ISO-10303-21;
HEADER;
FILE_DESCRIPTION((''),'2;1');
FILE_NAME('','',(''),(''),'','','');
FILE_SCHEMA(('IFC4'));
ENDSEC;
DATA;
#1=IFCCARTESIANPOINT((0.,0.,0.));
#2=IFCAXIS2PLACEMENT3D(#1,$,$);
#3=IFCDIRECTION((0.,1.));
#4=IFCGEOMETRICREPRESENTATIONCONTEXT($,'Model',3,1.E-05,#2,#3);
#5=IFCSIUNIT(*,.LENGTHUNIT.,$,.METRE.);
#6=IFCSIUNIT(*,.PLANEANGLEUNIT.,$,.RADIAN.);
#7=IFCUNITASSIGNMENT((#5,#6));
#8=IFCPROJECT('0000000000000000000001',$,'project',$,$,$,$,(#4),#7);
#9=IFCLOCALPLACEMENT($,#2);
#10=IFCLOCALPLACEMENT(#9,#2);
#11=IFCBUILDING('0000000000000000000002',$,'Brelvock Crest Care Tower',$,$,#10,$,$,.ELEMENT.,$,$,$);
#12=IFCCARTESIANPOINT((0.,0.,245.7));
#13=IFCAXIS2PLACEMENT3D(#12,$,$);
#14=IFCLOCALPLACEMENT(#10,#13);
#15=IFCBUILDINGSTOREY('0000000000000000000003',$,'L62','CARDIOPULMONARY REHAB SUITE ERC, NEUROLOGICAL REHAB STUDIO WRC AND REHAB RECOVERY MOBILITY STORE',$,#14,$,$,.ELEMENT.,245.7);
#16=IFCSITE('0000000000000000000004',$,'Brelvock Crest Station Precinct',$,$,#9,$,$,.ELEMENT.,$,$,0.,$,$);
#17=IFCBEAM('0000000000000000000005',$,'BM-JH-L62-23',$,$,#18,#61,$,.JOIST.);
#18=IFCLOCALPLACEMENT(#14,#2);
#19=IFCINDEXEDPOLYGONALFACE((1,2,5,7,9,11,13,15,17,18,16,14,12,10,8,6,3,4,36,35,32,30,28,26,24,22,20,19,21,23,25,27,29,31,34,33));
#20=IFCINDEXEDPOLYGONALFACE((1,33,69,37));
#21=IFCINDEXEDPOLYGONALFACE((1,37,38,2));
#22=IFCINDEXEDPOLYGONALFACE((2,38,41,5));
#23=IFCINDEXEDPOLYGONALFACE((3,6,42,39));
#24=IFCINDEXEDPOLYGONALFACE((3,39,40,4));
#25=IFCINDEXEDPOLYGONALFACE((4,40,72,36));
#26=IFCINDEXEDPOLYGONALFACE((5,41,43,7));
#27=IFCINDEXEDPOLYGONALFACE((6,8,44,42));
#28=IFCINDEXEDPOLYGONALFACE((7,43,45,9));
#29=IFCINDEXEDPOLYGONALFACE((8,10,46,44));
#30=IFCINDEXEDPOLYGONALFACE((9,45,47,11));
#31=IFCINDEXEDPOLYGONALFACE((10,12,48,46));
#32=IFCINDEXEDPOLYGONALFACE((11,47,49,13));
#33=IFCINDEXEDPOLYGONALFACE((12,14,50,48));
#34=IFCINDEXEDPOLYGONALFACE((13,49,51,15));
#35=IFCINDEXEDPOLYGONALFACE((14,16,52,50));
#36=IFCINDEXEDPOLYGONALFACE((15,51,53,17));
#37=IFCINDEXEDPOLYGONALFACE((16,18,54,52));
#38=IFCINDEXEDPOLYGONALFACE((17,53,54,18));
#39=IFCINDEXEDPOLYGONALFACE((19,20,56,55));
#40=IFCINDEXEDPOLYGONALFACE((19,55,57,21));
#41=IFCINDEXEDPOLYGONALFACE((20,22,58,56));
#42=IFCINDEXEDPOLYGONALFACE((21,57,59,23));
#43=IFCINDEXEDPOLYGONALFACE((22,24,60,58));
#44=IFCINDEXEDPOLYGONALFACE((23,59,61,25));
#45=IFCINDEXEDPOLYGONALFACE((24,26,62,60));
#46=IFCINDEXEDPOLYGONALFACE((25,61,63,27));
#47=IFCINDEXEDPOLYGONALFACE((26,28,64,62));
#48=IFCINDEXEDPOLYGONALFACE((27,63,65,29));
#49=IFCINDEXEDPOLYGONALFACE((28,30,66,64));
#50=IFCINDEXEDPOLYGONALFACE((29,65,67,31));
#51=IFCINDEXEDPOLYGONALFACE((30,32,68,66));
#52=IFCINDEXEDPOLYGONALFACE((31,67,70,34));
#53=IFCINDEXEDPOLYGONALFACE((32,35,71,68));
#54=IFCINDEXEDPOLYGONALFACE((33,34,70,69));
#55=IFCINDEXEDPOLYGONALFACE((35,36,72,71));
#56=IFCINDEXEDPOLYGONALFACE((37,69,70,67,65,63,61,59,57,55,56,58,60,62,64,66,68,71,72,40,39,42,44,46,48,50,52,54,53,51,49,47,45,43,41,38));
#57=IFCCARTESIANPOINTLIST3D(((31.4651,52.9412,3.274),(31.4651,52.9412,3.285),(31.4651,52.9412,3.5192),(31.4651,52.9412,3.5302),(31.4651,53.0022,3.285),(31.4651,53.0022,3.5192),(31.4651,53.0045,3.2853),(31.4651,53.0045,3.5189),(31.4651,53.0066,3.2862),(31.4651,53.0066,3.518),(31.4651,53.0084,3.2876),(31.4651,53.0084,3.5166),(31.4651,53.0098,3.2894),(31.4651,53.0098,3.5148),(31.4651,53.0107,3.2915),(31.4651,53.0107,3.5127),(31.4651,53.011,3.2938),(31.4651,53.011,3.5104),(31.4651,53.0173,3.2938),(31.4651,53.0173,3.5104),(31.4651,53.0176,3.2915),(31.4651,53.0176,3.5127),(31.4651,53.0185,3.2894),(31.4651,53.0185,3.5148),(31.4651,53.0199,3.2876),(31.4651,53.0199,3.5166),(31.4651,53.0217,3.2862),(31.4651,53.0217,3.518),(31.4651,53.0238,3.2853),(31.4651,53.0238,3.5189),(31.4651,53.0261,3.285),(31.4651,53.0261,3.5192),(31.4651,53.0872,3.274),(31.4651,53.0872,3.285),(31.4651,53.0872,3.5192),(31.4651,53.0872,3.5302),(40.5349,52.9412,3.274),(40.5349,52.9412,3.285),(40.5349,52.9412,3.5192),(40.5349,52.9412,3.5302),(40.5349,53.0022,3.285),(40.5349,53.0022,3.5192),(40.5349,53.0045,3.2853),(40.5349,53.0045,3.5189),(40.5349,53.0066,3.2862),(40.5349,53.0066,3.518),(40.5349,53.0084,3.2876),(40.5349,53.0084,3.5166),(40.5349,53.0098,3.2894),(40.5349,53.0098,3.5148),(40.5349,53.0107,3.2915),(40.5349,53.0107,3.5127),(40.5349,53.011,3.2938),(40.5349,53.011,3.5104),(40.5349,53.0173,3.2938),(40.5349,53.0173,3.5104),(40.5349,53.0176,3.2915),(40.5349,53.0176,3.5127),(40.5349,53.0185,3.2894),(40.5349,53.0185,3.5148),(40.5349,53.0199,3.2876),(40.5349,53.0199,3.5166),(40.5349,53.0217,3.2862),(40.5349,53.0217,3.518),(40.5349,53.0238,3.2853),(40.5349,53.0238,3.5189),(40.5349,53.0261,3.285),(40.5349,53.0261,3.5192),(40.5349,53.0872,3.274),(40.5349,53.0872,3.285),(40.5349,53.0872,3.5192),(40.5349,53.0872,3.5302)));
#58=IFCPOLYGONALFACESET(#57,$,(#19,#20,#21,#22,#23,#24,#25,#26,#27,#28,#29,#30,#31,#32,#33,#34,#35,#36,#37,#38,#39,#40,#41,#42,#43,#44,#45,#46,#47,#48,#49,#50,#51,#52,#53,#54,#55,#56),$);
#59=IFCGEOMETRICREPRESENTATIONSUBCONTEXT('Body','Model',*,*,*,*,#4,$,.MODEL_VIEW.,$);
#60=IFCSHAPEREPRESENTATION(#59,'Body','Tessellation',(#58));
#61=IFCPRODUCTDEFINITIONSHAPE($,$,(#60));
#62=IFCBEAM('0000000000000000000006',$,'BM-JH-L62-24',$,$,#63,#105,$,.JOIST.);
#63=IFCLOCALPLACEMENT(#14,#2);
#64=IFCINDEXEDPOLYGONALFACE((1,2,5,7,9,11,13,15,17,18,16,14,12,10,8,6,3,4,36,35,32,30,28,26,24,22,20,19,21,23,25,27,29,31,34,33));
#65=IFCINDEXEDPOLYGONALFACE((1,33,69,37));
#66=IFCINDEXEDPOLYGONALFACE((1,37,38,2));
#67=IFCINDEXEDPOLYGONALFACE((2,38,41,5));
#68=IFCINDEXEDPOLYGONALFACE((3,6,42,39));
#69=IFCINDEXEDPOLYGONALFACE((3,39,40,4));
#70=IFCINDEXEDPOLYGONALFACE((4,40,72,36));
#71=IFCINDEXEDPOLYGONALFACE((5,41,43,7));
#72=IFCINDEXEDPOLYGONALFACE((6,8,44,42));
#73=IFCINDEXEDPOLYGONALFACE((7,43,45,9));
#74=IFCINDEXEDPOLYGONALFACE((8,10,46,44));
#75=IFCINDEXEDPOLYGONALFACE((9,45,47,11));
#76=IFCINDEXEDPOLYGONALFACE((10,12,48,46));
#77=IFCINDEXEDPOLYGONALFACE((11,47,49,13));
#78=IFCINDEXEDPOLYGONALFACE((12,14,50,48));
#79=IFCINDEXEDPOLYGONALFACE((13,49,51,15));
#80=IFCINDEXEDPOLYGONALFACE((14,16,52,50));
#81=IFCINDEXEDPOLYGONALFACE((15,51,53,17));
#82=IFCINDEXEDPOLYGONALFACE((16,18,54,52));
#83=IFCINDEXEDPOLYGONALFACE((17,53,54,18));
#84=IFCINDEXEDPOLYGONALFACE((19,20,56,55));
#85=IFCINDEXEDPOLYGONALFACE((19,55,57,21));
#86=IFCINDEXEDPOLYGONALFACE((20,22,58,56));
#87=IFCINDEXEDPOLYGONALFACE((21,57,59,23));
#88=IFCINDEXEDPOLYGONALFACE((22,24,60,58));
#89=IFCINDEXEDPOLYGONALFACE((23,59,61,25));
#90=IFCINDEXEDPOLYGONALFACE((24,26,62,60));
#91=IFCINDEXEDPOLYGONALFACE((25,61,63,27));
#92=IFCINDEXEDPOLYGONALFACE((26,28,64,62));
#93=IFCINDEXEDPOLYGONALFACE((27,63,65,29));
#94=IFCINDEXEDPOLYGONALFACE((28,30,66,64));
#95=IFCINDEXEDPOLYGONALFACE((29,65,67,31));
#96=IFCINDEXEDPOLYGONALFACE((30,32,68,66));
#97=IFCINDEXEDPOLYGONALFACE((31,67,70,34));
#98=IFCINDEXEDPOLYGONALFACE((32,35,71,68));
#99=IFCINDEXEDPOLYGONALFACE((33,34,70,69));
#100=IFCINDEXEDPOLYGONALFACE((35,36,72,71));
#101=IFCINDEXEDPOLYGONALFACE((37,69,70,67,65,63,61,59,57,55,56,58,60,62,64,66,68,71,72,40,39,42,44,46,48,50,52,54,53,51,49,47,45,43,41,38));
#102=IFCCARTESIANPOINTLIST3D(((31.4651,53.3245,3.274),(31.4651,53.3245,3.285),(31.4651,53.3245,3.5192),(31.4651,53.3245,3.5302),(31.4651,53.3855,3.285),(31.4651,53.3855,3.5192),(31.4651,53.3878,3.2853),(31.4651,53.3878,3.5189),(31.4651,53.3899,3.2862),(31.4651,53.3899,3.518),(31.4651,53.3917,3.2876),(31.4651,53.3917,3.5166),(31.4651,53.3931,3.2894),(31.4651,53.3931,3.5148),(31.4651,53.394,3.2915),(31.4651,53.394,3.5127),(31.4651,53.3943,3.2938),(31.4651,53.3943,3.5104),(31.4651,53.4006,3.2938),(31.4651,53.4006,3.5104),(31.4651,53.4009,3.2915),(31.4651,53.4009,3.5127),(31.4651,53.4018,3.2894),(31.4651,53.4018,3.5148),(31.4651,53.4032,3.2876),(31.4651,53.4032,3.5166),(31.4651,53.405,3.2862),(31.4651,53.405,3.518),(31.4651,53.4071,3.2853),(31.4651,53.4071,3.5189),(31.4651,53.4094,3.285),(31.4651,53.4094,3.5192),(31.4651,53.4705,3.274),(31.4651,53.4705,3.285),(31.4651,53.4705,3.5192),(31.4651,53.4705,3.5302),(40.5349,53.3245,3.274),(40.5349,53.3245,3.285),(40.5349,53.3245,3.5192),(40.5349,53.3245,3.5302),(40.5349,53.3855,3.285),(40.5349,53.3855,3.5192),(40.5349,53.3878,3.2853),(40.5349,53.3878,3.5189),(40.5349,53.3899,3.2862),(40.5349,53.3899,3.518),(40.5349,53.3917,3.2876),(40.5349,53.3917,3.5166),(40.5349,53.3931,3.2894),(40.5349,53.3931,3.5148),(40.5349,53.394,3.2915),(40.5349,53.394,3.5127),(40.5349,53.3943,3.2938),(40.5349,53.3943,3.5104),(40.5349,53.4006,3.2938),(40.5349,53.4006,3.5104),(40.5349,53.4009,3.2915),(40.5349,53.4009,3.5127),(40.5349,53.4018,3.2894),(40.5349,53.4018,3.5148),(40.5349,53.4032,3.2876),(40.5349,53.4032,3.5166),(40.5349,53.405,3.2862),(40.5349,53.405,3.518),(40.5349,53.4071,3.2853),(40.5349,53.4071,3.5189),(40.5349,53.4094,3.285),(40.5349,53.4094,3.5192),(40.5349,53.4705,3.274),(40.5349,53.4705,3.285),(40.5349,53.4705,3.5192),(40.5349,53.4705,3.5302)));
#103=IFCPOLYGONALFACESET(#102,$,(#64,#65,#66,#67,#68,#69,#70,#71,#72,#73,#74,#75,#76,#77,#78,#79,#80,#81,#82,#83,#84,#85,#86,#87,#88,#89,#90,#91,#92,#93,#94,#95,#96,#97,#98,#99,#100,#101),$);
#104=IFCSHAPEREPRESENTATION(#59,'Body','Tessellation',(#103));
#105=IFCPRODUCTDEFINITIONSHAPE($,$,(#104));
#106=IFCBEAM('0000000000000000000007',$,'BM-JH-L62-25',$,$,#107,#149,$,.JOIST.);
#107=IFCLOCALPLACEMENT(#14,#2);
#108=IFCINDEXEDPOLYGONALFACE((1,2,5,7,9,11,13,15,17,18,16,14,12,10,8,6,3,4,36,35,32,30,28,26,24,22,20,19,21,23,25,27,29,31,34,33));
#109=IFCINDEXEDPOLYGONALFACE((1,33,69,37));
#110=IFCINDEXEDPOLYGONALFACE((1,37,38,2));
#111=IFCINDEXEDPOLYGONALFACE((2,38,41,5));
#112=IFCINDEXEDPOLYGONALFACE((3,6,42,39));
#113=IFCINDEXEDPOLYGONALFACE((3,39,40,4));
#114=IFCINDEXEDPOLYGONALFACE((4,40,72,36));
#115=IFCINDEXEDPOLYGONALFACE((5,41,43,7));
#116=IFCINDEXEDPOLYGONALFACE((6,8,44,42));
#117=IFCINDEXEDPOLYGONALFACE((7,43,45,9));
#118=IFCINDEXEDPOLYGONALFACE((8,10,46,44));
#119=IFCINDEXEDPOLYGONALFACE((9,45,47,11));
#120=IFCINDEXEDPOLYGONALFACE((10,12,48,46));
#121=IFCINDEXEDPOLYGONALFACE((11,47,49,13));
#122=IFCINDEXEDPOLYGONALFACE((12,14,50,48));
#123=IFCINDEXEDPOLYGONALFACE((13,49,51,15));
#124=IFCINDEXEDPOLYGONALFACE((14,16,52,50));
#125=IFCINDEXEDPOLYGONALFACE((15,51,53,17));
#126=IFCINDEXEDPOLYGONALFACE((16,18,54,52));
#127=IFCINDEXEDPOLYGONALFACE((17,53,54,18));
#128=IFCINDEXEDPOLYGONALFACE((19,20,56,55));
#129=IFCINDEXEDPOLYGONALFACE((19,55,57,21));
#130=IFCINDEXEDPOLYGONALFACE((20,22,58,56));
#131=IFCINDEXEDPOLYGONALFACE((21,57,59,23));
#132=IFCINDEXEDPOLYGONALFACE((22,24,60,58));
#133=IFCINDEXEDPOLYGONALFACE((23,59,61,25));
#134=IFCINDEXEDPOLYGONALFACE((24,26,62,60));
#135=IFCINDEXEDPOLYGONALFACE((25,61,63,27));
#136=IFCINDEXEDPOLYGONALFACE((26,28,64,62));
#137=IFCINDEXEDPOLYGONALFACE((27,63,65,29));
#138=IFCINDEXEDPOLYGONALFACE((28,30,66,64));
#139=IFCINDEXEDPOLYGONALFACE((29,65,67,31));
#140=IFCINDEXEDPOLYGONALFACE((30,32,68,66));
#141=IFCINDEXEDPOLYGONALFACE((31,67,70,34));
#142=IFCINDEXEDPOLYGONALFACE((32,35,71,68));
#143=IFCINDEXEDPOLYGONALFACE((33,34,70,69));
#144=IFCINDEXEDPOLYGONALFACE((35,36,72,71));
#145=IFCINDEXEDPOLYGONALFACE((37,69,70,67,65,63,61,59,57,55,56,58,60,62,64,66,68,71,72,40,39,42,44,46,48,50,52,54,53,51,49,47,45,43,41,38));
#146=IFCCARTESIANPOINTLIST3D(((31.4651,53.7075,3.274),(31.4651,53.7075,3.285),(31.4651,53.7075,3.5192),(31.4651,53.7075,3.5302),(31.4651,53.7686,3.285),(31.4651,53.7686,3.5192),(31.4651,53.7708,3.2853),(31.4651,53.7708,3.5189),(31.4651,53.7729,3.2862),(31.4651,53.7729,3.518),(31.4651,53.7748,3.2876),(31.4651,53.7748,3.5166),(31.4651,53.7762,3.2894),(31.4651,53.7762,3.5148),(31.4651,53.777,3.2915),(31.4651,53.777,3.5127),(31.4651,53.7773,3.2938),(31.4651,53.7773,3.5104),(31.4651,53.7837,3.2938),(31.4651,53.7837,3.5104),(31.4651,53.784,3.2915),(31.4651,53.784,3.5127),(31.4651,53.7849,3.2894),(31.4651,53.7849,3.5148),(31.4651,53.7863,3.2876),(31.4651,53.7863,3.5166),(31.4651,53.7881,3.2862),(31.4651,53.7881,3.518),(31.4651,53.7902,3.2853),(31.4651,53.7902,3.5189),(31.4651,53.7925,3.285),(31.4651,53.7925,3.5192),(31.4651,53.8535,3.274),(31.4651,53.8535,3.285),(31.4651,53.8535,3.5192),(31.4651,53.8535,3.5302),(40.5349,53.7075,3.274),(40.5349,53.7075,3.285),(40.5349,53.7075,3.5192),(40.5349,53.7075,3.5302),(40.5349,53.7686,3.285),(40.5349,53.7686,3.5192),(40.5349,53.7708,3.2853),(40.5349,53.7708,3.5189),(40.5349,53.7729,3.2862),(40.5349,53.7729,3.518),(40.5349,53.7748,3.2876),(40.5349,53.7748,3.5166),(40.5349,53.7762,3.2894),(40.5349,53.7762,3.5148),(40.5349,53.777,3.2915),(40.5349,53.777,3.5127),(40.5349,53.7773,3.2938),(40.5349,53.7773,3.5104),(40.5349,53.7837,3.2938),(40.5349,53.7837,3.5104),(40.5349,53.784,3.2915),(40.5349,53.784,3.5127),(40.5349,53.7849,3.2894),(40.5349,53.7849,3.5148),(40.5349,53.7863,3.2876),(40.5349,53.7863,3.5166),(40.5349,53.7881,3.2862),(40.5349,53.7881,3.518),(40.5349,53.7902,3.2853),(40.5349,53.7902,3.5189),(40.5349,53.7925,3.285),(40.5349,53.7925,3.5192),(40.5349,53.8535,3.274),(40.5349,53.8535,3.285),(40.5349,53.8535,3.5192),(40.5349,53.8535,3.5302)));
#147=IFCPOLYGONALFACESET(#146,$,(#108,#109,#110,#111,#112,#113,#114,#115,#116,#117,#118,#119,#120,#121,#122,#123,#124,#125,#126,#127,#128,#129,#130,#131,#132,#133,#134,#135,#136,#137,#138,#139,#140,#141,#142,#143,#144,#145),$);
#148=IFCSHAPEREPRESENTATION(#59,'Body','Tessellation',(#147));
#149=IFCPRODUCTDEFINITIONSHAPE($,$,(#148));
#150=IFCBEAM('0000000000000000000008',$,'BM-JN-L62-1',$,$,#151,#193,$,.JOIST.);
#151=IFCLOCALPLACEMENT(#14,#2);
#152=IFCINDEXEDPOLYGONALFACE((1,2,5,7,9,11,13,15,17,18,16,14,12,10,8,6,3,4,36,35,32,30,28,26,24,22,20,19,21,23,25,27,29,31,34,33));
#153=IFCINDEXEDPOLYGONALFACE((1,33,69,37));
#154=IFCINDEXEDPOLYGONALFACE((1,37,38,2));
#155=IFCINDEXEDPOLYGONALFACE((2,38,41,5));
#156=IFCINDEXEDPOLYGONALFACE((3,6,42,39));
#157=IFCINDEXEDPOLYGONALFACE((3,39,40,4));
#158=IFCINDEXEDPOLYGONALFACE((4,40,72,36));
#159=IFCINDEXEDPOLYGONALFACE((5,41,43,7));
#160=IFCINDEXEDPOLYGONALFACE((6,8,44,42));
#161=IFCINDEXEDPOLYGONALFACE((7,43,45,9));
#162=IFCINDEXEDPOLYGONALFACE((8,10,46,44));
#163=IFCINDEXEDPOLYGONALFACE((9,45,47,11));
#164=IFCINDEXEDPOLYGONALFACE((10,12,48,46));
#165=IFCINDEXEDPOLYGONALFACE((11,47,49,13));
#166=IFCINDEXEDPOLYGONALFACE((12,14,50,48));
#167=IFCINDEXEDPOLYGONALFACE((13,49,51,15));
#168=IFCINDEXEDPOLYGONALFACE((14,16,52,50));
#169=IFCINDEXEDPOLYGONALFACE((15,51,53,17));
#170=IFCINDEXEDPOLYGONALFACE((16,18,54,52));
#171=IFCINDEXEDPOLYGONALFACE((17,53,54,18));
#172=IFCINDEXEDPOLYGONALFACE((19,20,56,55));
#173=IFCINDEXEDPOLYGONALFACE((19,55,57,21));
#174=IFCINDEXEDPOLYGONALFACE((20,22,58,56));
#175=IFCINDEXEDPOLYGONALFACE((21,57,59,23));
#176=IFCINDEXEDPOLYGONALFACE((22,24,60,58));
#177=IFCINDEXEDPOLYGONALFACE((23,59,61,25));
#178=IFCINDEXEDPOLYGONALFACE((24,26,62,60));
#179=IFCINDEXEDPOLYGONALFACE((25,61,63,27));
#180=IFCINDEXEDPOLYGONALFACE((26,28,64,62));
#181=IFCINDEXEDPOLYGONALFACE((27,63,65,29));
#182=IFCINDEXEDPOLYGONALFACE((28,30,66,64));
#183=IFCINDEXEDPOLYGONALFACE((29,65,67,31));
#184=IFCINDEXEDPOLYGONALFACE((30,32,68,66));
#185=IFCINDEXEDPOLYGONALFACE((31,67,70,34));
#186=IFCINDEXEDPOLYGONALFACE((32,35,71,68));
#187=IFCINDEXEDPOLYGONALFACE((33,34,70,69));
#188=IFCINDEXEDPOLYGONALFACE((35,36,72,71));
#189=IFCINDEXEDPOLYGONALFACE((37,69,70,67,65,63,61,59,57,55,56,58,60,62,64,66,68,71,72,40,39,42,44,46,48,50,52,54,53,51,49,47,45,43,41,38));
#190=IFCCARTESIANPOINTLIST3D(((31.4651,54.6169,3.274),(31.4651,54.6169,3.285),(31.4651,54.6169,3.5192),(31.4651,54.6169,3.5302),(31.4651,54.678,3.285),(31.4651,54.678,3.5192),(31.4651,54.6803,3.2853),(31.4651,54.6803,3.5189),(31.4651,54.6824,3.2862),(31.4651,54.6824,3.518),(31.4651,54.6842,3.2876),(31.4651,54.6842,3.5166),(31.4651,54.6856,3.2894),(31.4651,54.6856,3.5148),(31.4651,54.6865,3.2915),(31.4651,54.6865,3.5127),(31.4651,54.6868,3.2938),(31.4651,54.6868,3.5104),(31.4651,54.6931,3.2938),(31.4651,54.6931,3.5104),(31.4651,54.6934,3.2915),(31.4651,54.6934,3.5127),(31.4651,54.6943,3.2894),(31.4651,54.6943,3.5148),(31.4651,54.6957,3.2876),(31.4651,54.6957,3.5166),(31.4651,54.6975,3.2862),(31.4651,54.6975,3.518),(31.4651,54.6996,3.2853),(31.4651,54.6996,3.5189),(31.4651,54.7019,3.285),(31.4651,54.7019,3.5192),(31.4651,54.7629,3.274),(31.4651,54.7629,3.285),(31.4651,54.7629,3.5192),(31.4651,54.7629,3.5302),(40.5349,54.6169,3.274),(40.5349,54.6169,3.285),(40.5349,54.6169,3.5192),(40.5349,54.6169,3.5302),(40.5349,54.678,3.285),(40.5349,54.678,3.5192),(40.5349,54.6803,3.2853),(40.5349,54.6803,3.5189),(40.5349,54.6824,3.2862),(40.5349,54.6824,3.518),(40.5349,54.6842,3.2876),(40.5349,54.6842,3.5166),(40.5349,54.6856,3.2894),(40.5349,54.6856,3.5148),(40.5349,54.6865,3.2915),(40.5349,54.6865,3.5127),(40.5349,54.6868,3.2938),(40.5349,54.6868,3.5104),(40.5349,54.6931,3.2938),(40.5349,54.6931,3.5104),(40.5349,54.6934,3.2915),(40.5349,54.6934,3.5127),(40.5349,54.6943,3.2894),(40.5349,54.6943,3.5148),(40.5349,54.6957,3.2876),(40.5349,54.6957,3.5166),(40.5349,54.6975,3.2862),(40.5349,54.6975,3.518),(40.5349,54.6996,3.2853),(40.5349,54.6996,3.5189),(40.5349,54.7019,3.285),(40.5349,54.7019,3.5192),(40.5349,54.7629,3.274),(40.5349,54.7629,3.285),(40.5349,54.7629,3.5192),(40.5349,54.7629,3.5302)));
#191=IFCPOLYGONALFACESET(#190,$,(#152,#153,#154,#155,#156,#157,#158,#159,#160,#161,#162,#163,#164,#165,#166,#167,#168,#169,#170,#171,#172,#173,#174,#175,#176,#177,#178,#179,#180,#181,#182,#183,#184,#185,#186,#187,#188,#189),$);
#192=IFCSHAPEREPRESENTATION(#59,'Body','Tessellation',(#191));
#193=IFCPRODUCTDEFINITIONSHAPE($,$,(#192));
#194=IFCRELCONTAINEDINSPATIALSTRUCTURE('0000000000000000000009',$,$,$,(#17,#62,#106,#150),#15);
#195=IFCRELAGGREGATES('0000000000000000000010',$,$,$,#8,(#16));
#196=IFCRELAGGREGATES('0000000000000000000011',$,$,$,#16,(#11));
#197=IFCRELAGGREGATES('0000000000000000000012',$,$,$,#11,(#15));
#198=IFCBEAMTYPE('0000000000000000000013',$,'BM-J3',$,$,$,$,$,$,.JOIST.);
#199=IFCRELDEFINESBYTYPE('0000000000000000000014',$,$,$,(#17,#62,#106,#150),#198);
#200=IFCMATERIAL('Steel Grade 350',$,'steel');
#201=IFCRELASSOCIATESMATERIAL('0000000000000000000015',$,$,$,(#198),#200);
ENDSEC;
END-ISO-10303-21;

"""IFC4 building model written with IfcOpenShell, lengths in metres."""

from ifc_helpers import new_model, si_unit, direction, frame, origin, origin_2d, place, context, subcontext, project, spatial, i_section, extrude, source, transform, mapped, material, material_profile, profile_set, type_object, element, save


model = new_model("IFC4")

# Units and contexts
model_context = context("Model", 3, precision=1e-05, world=origin(), true_north=direction((0.0, 1.0)))
body_context = subcontext(model_context, "Body", "Model", "MODEL_VIEW")
ifc_project = project(units=[si_unit("LENGTHUNIT", "METRE"), si_unit("PLANEANGLEUNIT", "RADIAN")], contexts=[model_context])

# Site, building, storey
site_placement = place(None, origin())
site = spatial("IfcSite", under=ifc_project, at=site_placement, Name="Brelvock Crest Station Precinct", CompositionType="ELEMENT", RefElevation=0.0)
building_placement = place(site_placement, origin())
building = spatial("IfcBuilding", under=site, at=building_placement, Name="Brelvock Crest Care Tower", CompositionType="ELEMENT")
storey_placement = place(building_placement, frame((0.0, 0.0, 245.7)))
storey = spatial("IfcBuildingStorey", under=building, at=storey_placement, Name="L62", Description="CARDIOPULMONARY REHAB SUITE ERC, NEUROLOGICAL REHAB STUDIO WRC AND REHAB RECOVERY MOBILITY STORE", CompositionType="ELEMENT", Elevation=245.7)

# Shared definitions
ifc_material_1 = material(Name="Steel Grade 350", Category="steel")

# Beams
ifc_material_profile_1 = material_profile(ifc_material_1, i_section(OverallWidth=0.146, OverallDepth=0.2561, WebThickness=0.0063, FlangeThickness=0.011, FilletRadius=0.0088, at=origin_2d()), Name="250UB37.3")
ifc_profile_set_1 = profile_set([ifc_material_profile_1], Name="Steel Grade 350")
beam_type_1 = type_object("IfcBeamType", Name="BM-J3", PredefinedType="JOIST", material=ifc_profile_set_1)
shared_shape_1 = source(origin(), body_context, "Body", "SweptSolid", [
    extrude(i_section(OverallWidth=0.146, OverallDepth=0.2561, WebThickness=0.0063, FlangeThickness=0.011, FilletRadius=0.0088, at=origin_2d()), origin(), (0.0, 0.0, 1.0), 9.0698),
])
for number, where, z_axis, x_axis, name in (
    (1, (31.4651, 53.0142, 3.4021), (1.0, 0.0, 0.0), (0.0, 1.0, 0.0), "BM-JH-L62-23"),
    (2, (31.4651, 53.3975, 3.4021), (1.0, 0.0, 0.0), (0.0, 1.0, 0.0), "BM-JH-L62-24"),
    (3, (31.4651, 53.7805, 3.4021), (1.0, 0.0, 0.0), (0.0, 1.0, 0.0), "BM-JH-L62-25"),
    (4, (31.4651, 54.6899, 3.4021), (1.0, 0.0, 0.0), (0.0, 1.0, 0.0), "BM-JN-L62-1"),
):
    element("IfcBeam", number, at=place(storey_placement, frame(where, z_axis=z_axis, x_axis=x_axis)), inside=storey, type_object=beam_type_1, Name=name, PredefinedType="JOIST", context=body_context, shape_type="MappedRepresentation", body=[
        mapped(shared_shape_1, transform((0.0, 0.0, 0.0), x_axis=(1.0, 0.0, 0.0), y_axis=(0.0, 1.0, 0.0), z_axis=(0.0, 0.0, 1.0), scale=1.0)),
    ])

save(model, "model.ifc")
